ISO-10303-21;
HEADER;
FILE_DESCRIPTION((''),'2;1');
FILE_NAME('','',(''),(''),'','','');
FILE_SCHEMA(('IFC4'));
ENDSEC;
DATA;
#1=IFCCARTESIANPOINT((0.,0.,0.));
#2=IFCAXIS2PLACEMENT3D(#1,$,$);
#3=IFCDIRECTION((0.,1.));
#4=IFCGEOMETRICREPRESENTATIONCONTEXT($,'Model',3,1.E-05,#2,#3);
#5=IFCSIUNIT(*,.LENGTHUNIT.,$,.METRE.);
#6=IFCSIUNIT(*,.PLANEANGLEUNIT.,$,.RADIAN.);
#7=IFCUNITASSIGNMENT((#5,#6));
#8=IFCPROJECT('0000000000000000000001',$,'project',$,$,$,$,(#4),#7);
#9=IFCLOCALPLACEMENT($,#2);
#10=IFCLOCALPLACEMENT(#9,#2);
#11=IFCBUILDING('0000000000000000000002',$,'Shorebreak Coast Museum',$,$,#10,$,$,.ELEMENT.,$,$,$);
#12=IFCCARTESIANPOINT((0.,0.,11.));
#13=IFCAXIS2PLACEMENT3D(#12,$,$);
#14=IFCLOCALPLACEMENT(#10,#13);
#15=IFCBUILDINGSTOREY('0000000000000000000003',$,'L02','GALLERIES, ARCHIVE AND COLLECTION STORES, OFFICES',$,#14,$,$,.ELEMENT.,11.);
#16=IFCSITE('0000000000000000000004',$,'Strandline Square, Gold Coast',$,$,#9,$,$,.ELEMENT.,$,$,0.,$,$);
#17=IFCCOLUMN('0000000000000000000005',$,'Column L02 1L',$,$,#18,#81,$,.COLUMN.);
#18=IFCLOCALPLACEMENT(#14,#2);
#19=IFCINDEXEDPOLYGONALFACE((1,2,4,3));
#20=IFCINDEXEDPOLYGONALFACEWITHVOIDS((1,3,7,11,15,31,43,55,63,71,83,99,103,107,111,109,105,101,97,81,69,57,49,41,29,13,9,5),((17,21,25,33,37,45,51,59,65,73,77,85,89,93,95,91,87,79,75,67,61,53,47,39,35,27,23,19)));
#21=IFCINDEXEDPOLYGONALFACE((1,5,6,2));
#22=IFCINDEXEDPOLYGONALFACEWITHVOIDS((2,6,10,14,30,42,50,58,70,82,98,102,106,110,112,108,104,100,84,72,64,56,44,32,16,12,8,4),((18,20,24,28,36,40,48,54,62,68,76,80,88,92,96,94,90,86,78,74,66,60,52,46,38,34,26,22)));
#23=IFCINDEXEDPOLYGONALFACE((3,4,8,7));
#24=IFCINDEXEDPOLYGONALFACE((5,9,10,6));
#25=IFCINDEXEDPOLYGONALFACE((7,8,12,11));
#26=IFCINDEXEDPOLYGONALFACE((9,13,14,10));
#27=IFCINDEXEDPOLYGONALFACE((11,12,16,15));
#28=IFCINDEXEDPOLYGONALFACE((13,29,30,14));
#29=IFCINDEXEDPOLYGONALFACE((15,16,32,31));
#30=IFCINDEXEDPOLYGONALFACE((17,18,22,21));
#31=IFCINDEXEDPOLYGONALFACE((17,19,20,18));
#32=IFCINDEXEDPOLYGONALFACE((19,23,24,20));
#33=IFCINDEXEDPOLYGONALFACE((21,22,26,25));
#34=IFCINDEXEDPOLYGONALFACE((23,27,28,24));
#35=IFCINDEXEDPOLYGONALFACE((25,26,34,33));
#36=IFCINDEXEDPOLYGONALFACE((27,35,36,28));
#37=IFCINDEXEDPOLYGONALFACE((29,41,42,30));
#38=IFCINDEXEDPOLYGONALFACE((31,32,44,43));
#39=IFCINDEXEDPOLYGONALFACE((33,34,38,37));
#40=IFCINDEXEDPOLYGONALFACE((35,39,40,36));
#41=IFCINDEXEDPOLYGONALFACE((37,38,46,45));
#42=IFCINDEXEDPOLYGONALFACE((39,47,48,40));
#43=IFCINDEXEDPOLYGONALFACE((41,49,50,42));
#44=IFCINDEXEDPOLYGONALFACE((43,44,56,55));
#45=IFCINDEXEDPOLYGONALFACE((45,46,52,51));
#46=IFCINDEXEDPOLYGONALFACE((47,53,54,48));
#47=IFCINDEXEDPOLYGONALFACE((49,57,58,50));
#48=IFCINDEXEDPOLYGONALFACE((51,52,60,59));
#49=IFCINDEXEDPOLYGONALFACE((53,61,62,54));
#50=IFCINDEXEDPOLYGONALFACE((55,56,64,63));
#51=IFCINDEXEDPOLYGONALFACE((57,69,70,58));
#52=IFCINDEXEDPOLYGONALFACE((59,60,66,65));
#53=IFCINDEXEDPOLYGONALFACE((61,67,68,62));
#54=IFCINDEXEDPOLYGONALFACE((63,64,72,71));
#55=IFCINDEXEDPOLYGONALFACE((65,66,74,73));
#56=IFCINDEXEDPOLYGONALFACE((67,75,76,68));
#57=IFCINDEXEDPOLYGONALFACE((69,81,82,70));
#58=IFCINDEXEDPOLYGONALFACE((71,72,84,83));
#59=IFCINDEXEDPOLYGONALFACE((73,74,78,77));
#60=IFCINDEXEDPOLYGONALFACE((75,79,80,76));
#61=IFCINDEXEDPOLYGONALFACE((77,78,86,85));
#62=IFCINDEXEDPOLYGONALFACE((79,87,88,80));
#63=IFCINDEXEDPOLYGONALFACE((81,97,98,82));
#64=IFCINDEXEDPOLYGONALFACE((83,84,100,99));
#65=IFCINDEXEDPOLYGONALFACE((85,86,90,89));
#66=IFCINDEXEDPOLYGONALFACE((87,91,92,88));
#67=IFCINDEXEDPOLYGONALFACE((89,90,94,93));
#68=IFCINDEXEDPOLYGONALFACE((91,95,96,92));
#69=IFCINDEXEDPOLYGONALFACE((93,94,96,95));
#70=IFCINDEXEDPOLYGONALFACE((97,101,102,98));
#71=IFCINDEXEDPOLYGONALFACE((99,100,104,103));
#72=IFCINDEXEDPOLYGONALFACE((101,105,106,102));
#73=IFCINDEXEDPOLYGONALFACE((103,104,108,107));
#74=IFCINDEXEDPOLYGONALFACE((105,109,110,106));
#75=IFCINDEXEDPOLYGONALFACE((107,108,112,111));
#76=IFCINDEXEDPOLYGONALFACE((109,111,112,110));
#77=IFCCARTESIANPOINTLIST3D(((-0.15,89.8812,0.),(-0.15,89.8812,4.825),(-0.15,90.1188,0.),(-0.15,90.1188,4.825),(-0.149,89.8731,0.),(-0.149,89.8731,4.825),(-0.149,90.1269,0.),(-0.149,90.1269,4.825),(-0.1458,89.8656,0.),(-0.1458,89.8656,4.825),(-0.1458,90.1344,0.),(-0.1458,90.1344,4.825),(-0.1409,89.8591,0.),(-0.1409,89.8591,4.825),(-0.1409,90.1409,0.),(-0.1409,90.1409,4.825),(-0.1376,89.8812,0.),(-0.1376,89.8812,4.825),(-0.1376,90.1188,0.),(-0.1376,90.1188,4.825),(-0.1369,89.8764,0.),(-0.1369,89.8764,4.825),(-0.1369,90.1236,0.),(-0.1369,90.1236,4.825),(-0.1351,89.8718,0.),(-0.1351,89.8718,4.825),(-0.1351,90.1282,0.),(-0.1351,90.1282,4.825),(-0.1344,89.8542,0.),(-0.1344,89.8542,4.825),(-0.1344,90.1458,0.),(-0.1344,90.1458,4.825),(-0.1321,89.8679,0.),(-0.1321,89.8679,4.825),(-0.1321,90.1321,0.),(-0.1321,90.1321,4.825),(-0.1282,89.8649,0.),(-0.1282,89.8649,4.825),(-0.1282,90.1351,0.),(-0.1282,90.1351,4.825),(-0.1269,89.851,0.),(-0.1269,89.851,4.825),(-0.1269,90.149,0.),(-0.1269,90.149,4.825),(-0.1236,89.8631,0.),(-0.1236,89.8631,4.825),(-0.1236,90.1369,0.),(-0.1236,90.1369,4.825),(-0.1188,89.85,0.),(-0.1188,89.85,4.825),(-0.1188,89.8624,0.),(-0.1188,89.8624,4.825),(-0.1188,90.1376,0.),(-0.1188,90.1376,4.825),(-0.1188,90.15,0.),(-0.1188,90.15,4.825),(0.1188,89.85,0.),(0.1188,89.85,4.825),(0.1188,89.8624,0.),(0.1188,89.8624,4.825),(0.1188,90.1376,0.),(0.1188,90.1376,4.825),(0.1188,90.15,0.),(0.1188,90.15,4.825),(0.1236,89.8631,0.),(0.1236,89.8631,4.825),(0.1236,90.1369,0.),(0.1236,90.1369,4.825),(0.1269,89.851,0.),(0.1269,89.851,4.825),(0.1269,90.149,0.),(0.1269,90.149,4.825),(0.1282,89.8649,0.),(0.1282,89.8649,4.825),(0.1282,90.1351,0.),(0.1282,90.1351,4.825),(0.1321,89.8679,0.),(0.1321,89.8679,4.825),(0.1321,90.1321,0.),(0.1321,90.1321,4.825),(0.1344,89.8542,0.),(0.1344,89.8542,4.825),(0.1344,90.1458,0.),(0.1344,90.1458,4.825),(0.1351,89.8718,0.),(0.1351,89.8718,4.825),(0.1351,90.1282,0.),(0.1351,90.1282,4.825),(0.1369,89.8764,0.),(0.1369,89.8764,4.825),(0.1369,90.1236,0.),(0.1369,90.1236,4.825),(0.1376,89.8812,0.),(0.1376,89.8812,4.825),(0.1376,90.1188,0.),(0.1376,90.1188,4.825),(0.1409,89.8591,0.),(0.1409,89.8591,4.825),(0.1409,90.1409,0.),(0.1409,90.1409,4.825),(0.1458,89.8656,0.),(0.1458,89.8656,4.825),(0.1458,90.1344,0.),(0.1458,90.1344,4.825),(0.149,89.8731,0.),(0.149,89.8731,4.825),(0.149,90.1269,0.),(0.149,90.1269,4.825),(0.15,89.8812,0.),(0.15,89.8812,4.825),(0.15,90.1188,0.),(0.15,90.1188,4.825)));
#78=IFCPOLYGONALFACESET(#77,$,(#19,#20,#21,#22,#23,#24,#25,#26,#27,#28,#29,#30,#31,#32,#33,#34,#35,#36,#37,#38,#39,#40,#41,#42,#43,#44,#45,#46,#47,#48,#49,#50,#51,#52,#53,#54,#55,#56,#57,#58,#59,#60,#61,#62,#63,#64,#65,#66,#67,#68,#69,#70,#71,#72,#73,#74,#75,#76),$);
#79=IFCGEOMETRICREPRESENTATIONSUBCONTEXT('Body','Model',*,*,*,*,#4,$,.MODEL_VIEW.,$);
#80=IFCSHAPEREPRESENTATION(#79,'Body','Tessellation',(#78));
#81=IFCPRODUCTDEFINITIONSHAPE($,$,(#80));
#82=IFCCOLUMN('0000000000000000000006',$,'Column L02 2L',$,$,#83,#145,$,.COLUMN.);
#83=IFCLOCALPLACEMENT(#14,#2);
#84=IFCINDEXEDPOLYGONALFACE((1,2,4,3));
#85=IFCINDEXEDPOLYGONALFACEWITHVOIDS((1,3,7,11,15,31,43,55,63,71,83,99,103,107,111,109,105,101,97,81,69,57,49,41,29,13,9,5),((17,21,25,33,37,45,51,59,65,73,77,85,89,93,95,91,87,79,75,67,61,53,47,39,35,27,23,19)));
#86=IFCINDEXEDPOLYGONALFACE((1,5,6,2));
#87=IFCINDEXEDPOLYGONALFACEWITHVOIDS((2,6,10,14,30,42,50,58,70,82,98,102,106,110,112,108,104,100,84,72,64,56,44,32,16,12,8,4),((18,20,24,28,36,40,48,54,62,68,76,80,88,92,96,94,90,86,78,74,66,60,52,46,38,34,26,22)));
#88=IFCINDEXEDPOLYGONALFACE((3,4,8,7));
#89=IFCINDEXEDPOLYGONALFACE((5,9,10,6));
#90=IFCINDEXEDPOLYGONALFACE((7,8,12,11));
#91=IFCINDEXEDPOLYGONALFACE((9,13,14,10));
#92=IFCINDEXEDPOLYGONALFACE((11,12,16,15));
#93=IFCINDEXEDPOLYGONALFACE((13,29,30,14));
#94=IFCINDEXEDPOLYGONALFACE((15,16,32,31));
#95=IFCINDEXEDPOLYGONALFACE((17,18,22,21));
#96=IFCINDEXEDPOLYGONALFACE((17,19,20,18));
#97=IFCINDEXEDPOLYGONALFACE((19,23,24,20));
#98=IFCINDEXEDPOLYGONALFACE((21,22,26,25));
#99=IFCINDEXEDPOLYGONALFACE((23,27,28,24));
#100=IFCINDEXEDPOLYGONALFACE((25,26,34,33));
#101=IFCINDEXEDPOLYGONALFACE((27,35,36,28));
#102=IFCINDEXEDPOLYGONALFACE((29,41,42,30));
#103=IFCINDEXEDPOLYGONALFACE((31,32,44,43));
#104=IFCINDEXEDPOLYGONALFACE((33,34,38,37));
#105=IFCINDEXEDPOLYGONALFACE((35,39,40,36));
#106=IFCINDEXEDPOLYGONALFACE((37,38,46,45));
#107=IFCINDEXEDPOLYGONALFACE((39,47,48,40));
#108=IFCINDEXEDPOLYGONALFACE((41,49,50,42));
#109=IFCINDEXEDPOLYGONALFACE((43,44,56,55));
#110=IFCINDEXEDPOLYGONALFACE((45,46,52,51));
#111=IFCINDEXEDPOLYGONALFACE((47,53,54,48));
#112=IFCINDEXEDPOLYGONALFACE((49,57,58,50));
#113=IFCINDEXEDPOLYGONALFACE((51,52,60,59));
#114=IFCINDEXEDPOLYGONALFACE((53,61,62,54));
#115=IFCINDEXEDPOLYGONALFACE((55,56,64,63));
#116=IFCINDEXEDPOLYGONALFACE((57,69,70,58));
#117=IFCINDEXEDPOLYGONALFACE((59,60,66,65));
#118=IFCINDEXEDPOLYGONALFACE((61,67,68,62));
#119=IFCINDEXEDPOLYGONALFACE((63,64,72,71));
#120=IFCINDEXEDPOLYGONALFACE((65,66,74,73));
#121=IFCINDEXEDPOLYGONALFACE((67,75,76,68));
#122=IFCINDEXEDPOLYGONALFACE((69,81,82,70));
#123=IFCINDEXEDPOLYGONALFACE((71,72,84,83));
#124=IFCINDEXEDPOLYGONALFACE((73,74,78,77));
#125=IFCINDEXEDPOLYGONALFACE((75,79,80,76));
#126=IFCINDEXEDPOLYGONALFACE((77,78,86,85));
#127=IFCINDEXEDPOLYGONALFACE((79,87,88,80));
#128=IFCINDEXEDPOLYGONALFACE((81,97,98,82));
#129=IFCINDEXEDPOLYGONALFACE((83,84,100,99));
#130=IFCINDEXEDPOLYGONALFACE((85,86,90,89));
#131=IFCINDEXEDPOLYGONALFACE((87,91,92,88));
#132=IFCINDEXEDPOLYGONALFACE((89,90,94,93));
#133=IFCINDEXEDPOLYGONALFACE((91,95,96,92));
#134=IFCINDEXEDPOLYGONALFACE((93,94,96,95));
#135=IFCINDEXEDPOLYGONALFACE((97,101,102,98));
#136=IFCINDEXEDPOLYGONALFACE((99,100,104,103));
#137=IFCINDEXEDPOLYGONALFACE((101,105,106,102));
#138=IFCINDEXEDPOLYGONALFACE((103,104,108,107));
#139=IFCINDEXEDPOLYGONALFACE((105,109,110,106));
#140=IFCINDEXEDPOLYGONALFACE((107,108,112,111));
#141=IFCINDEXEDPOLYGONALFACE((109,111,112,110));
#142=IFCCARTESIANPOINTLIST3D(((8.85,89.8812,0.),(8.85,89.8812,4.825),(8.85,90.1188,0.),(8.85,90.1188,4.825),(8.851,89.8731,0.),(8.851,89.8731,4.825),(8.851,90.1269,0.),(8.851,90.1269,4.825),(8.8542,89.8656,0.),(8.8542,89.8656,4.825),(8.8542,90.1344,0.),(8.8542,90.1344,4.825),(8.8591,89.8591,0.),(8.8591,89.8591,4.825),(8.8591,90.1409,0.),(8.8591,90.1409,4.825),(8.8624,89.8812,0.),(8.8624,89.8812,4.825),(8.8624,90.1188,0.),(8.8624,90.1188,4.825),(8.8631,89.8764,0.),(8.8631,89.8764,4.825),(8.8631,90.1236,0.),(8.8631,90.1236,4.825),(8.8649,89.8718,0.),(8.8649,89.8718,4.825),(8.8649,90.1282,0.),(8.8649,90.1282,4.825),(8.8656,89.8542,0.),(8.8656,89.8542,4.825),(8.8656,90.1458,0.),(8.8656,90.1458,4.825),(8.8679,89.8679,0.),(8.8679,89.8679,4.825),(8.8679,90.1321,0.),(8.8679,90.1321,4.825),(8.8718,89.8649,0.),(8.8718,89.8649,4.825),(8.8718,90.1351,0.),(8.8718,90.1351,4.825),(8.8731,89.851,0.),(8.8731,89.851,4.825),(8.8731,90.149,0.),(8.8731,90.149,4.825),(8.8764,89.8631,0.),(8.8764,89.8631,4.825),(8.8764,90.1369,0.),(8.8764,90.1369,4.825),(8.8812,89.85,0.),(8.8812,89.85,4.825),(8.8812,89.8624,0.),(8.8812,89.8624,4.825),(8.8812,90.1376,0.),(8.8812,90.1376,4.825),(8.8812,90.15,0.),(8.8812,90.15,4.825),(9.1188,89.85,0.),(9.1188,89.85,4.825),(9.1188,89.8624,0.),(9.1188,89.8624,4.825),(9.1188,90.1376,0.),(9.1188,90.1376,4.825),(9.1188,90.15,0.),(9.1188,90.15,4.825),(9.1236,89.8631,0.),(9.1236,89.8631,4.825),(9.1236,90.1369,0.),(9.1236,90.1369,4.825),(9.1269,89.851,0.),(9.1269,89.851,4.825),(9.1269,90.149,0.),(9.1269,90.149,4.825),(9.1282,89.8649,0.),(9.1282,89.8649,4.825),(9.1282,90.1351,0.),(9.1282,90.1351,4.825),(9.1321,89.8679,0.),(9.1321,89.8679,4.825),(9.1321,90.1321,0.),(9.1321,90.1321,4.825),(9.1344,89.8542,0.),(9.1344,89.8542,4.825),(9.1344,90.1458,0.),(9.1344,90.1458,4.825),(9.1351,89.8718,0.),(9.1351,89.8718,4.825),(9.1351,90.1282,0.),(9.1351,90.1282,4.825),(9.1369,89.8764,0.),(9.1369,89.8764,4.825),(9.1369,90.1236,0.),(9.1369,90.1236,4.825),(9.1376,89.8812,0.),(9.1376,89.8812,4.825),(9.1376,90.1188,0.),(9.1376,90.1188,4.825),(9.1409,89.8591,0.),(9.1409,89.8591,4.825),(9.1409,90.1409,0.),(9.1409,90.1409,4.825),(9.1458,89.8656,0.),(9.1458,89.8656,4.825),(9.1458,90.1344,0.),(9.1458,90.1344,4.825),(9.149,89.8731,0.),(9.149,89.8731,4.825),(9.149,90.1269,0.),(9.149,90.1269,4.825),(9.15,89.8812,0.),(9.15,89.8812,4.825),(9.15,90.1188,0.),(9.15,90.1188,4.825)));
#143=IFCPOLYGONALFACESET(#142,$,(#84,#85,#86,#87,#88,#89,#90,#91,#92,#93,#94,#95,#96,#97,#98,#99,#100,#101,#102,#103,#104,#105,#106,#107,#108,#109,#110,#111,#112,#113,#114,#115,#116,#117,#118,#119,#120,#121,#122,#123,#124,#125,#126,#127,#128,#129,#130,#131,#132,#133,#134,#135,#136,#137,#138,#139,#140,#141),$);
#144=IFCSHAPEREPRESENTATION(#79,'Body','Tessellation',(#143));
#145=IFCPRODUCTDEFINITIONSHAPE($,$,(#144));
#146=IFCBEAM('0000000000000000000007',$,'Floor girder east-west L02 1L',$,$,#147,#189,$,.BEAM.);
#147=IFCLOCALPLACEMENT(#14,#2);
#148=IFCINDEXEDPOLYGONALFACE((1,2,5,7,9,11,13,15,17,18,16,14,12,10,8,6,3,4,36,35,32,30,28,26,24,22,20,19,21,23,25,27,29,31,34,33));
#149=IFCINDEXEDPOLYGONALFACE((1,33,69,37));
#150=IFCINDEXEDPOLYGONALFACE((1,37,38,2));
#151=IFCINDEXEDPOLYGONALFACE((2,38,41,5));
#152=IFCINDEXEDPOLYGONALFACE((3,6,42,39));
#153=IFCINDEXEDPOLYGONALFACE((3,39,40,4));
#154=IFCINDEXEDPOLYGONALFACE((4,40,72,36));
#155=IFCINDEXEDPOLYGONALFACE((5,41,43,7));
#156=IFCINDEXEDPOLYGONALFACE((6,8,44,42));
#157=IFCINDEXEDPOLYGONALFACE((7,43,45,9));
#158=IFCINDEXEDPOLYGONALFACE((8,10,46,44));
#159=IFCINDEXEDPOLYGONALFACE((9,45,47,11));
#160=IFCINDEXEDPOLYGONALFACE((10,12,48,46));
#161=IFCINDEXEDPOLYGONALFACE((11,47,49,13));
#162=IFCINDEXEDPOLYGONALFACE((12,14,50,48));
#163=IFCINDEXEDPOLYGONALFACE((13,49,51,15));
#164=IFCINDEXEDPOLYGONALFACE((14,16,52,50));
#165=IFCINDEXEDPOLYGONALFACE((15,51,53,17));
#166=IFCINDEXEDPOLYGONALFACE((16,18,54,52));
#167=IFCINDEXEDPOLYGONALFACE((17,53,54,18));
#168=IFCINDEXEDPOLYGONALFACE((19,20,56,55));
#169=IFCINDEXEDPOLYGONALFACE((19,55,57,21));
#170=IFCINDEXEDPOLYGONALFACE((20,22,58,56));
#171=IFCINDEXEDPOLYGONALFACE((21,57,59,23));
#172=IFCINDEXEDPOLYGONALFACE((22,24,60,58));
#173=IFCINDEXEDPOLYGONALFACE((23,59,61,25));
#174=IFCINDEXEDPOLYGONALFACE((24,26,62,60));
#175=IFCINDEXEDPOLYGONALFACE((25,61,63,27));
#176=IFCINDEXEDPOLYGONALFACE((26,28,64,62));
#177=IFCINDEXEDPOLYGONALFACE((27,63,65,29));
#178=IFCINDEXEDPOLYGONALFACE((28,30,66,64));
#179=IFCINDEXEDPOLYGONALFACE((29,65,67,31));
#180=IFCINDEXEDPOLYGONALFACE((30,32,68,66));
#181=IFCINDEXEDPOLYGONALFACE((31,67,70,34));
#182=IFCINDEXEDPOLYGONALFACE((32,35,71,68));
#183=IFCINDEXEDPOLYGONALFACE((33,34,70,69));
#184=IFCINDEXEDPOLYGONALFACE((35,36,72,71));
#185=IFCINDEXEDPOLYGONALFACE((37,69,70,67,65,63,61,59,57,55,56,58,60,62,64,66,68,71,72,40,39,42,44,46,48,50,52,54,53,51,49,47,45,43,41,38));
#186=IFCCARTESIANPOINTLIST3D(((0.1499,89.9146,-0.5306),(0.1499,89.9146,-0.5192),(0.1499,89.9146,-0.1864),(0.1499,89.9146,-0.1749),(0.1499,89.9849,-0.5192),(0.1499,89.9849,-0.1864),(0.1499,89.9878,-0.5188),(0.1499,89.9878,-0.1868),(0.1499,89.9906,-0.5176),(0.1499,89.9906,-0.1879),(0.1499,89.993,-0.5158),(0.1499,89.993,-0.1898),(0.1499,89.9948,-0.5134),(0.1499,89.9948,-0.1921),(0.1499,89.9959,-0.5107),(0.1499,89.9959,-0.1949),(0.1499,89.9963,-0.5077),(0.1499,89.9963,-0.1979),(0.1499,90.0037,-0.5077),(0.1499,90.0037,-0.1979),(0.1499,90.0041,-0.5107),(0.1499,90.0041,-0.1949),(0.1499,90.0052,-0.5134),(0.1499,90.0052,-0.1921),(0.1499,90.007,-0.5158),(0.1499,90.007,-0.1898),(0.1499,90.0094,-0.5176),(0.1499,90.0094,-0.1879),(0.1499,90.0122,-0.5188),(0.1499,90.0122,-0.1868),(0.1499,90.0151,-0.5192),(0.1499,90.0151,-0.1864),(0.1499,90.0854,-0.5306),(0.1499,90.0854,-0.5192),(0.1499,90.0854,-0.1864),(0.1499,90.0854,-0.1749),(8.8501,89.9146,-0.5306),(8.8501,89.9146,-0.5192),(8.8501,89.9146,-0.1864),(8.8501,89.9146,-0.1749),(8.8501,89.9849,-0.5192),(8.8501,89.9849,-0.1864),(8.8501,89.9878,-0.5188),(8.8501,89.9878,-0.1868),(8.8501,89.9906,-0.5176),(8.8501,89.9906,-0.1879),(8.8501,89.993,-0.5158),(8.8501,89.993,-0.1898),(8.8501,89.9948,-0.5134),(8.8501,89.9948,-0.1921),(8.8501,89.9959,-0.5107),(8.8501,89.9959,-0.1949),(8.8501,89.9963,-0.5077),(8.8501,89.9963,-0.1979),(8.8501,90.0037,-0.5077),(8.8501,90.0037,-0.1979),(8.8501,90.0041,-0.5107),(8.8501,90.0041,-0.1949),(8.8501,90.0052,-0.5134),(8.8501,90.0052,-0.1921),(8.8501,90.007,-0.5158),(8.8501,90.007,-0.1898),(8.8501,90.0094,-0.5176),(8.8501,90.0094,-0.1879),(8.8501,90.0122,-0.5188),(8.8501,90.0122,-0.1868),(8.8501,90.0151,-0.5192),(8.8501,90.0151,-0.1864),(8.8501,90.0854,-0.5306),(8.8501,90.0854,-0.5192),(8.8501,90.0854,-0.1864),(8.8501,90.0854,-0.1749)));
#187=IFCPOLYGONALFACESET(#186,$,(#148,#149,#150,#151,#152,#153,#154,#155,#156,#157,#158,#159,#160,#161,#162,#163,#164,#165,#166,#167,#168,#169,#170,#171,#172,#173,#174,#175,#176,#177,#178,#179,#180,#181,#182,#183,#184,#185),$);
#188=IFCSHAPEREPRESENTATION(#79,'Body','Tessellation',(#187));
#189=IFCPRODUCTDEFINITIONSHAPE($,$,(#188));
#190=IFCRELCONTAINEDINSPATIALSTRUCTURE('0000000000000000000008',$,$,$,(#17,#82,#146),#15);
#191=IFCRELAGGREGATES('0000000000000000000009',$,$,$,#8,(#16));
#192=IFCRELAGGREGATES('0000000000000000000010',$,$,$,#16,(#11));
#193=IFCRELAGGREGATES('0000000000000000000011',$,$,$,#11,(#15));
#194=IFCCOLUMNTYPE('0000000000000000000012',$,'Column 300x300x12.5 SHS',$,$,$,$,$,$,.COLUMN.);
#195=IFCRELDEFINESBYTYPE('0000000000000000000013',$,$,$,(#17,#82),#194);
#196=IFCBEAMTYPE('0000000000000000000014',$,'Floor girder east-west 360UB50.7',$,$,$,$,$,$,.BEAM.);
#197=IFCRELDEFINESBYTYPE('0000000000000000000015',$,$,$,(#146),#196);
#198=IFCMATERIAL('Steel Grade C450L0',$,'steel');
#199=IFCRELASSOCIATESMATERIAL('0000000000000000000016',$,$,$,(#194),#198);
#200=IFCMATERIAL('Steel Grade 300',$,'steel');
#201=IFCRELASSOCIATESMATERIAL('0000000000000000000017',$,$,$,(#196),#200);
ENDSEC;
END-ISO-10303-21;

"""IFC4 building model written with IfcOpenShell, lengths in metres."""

from ifc_helpers import new_model, si_unit, direction, frame, origin, origin_2d, place, context, subcontext, project, spatial, hollow_rectangle, i_section, extrude, material, material_profile, profile_set, type_object, element, save


model = new_model("IFC4")

# Units and contexts
model_context = context("Model", 3, precision=1e-05, world=origin(), true_north=direction((0.0, 1.0)))
body_context = subcontext(model_context, "Body", "Model", "MODEL_VIEW")
ifc_project = project(units=[si_unit("LENGTHUNIT", "METRE"), si_unit("PLANEANGLEUNIT", "RADIAN")], contexts=[model_context])

# Site, building, storey
site_placement = place(None, origin())
site = spatial("IfcSite", under=ifc_project, at=site_placement, Name="Strandline Square, Gold Coast", CompositionType="ELEMENT", RefElevation=0.0)
building_placement = place(site_placement, origin())
building = spatial("IfcBuilding", under=site, at=building_placement, Name="Shorebreak Coast Museum", CompositionType="ELEMENT")
storey_placement = place(building_placement, frame((0.0, 0.0, 11.0)))
storey = spatial("IfcBuildingStorey", under=building, at=storey_placement, Name="L02", Description="GALLERIES, ARCHIVE AND COLLECTION STORES, OFFICES", CompositionType="ELEMENT", Elevation=11.0)

# Columns
ifc_material_1 = material(Name="Steel Grade C450L0", Category="steel")
ifc_material_profile_1 = material_profile(ifc_material_1, hollow_rectangle(XDim=0.3, YDim=0.3, WallThickness=0.0125, InnerFilletRadius=0.0188, OuterFilletRadius=0.0312, at=origin_2d()), Name="300x300x12.5 SHS")
ifc_profile_set_1 = profile_set([ifc_material_profile_1], Name="Steel Grade C450L0")
column_type = type_object("IfcColumnType", Name="Column 300x300x12.5 SHS", PredefinedType="COLUMN", material=ifc_profile_set_1)
for number, where, z_axis, x_axis, name in (
    (1, (0.0, 90.0, 0.0), (0.0, 0.0, 1.0), (1.0, 0.0, 0.0), "Column L02 1L"),
    (2, (9.0, 90.0, 0.0), (0.0, 0.0, 1.0), (1.0, 0.0, 0.0), "Column L02 2L"),
):
    element("IfcColumn", number, at=place(storey_placement, frame(where, z_axis=z_axis, x_axis=x_axis)), inside=storey, type_object=column_type, Name=name, PredefinedType="COLUMN", context=body_context, shape_type="SweptSolid", body=[
        extrude(hollow_rectangle(XDim=0.3, YDim=0.3, WallThickness=0.0125, InnerFilletRadius=0.0188, OuterFilletRadius=0.0312, at=origin_2d()), origin(), (0.0, 0.0, 1.0), 4.825),
    ])

# Beam
ifc_material_2 = material(Name="Steel Grade 300", Category="steel")
ifc_material_profile_2 = material_profile(ifc_material_2, i_section(OverallWidth=0.1709, OverallDepth=0.3557, WebThickness=0.0073, FlangeThickness=0.0115, FilletRadius=0.0115, at=origin_2d()), Name="360UB50.7")
ifc_profile_set_2 = profile_set([ifc_material_profile_2], Name="Steel Grade 300")
beam_type_1 = type_object("IfcBeamType", Name="Floor girder east-west 360UB50.7", PredefinedType="BEAM", material=ifc_profile_set_2)
beam_1_placement = place(storey_placement, frame((0.1499, 90.0, -0.3528), z_axis=(1.0, 0.0, 0.0), x_axis=(0.0, 1.0, 0.0)))
element("IfcBeam", 3, at=beam_1_placement, inside=storey, type_object=beam_type_1, Name="Floor girder east-west L02 1L", PredefinedType="BEAM", context=body_context, shape_type="SweptSolid", body=[
    extrude(i_section(OverallWidth=0.1709, OverallDepth=0.3557, WebThickness=0.0073, FlangeThickness=0.0115, FilletRadius=0.0115, at=origin_2d()), origin(), (0.0, 0.0, 1.0), 8.7002),
])

save(model, "model.ifc")
